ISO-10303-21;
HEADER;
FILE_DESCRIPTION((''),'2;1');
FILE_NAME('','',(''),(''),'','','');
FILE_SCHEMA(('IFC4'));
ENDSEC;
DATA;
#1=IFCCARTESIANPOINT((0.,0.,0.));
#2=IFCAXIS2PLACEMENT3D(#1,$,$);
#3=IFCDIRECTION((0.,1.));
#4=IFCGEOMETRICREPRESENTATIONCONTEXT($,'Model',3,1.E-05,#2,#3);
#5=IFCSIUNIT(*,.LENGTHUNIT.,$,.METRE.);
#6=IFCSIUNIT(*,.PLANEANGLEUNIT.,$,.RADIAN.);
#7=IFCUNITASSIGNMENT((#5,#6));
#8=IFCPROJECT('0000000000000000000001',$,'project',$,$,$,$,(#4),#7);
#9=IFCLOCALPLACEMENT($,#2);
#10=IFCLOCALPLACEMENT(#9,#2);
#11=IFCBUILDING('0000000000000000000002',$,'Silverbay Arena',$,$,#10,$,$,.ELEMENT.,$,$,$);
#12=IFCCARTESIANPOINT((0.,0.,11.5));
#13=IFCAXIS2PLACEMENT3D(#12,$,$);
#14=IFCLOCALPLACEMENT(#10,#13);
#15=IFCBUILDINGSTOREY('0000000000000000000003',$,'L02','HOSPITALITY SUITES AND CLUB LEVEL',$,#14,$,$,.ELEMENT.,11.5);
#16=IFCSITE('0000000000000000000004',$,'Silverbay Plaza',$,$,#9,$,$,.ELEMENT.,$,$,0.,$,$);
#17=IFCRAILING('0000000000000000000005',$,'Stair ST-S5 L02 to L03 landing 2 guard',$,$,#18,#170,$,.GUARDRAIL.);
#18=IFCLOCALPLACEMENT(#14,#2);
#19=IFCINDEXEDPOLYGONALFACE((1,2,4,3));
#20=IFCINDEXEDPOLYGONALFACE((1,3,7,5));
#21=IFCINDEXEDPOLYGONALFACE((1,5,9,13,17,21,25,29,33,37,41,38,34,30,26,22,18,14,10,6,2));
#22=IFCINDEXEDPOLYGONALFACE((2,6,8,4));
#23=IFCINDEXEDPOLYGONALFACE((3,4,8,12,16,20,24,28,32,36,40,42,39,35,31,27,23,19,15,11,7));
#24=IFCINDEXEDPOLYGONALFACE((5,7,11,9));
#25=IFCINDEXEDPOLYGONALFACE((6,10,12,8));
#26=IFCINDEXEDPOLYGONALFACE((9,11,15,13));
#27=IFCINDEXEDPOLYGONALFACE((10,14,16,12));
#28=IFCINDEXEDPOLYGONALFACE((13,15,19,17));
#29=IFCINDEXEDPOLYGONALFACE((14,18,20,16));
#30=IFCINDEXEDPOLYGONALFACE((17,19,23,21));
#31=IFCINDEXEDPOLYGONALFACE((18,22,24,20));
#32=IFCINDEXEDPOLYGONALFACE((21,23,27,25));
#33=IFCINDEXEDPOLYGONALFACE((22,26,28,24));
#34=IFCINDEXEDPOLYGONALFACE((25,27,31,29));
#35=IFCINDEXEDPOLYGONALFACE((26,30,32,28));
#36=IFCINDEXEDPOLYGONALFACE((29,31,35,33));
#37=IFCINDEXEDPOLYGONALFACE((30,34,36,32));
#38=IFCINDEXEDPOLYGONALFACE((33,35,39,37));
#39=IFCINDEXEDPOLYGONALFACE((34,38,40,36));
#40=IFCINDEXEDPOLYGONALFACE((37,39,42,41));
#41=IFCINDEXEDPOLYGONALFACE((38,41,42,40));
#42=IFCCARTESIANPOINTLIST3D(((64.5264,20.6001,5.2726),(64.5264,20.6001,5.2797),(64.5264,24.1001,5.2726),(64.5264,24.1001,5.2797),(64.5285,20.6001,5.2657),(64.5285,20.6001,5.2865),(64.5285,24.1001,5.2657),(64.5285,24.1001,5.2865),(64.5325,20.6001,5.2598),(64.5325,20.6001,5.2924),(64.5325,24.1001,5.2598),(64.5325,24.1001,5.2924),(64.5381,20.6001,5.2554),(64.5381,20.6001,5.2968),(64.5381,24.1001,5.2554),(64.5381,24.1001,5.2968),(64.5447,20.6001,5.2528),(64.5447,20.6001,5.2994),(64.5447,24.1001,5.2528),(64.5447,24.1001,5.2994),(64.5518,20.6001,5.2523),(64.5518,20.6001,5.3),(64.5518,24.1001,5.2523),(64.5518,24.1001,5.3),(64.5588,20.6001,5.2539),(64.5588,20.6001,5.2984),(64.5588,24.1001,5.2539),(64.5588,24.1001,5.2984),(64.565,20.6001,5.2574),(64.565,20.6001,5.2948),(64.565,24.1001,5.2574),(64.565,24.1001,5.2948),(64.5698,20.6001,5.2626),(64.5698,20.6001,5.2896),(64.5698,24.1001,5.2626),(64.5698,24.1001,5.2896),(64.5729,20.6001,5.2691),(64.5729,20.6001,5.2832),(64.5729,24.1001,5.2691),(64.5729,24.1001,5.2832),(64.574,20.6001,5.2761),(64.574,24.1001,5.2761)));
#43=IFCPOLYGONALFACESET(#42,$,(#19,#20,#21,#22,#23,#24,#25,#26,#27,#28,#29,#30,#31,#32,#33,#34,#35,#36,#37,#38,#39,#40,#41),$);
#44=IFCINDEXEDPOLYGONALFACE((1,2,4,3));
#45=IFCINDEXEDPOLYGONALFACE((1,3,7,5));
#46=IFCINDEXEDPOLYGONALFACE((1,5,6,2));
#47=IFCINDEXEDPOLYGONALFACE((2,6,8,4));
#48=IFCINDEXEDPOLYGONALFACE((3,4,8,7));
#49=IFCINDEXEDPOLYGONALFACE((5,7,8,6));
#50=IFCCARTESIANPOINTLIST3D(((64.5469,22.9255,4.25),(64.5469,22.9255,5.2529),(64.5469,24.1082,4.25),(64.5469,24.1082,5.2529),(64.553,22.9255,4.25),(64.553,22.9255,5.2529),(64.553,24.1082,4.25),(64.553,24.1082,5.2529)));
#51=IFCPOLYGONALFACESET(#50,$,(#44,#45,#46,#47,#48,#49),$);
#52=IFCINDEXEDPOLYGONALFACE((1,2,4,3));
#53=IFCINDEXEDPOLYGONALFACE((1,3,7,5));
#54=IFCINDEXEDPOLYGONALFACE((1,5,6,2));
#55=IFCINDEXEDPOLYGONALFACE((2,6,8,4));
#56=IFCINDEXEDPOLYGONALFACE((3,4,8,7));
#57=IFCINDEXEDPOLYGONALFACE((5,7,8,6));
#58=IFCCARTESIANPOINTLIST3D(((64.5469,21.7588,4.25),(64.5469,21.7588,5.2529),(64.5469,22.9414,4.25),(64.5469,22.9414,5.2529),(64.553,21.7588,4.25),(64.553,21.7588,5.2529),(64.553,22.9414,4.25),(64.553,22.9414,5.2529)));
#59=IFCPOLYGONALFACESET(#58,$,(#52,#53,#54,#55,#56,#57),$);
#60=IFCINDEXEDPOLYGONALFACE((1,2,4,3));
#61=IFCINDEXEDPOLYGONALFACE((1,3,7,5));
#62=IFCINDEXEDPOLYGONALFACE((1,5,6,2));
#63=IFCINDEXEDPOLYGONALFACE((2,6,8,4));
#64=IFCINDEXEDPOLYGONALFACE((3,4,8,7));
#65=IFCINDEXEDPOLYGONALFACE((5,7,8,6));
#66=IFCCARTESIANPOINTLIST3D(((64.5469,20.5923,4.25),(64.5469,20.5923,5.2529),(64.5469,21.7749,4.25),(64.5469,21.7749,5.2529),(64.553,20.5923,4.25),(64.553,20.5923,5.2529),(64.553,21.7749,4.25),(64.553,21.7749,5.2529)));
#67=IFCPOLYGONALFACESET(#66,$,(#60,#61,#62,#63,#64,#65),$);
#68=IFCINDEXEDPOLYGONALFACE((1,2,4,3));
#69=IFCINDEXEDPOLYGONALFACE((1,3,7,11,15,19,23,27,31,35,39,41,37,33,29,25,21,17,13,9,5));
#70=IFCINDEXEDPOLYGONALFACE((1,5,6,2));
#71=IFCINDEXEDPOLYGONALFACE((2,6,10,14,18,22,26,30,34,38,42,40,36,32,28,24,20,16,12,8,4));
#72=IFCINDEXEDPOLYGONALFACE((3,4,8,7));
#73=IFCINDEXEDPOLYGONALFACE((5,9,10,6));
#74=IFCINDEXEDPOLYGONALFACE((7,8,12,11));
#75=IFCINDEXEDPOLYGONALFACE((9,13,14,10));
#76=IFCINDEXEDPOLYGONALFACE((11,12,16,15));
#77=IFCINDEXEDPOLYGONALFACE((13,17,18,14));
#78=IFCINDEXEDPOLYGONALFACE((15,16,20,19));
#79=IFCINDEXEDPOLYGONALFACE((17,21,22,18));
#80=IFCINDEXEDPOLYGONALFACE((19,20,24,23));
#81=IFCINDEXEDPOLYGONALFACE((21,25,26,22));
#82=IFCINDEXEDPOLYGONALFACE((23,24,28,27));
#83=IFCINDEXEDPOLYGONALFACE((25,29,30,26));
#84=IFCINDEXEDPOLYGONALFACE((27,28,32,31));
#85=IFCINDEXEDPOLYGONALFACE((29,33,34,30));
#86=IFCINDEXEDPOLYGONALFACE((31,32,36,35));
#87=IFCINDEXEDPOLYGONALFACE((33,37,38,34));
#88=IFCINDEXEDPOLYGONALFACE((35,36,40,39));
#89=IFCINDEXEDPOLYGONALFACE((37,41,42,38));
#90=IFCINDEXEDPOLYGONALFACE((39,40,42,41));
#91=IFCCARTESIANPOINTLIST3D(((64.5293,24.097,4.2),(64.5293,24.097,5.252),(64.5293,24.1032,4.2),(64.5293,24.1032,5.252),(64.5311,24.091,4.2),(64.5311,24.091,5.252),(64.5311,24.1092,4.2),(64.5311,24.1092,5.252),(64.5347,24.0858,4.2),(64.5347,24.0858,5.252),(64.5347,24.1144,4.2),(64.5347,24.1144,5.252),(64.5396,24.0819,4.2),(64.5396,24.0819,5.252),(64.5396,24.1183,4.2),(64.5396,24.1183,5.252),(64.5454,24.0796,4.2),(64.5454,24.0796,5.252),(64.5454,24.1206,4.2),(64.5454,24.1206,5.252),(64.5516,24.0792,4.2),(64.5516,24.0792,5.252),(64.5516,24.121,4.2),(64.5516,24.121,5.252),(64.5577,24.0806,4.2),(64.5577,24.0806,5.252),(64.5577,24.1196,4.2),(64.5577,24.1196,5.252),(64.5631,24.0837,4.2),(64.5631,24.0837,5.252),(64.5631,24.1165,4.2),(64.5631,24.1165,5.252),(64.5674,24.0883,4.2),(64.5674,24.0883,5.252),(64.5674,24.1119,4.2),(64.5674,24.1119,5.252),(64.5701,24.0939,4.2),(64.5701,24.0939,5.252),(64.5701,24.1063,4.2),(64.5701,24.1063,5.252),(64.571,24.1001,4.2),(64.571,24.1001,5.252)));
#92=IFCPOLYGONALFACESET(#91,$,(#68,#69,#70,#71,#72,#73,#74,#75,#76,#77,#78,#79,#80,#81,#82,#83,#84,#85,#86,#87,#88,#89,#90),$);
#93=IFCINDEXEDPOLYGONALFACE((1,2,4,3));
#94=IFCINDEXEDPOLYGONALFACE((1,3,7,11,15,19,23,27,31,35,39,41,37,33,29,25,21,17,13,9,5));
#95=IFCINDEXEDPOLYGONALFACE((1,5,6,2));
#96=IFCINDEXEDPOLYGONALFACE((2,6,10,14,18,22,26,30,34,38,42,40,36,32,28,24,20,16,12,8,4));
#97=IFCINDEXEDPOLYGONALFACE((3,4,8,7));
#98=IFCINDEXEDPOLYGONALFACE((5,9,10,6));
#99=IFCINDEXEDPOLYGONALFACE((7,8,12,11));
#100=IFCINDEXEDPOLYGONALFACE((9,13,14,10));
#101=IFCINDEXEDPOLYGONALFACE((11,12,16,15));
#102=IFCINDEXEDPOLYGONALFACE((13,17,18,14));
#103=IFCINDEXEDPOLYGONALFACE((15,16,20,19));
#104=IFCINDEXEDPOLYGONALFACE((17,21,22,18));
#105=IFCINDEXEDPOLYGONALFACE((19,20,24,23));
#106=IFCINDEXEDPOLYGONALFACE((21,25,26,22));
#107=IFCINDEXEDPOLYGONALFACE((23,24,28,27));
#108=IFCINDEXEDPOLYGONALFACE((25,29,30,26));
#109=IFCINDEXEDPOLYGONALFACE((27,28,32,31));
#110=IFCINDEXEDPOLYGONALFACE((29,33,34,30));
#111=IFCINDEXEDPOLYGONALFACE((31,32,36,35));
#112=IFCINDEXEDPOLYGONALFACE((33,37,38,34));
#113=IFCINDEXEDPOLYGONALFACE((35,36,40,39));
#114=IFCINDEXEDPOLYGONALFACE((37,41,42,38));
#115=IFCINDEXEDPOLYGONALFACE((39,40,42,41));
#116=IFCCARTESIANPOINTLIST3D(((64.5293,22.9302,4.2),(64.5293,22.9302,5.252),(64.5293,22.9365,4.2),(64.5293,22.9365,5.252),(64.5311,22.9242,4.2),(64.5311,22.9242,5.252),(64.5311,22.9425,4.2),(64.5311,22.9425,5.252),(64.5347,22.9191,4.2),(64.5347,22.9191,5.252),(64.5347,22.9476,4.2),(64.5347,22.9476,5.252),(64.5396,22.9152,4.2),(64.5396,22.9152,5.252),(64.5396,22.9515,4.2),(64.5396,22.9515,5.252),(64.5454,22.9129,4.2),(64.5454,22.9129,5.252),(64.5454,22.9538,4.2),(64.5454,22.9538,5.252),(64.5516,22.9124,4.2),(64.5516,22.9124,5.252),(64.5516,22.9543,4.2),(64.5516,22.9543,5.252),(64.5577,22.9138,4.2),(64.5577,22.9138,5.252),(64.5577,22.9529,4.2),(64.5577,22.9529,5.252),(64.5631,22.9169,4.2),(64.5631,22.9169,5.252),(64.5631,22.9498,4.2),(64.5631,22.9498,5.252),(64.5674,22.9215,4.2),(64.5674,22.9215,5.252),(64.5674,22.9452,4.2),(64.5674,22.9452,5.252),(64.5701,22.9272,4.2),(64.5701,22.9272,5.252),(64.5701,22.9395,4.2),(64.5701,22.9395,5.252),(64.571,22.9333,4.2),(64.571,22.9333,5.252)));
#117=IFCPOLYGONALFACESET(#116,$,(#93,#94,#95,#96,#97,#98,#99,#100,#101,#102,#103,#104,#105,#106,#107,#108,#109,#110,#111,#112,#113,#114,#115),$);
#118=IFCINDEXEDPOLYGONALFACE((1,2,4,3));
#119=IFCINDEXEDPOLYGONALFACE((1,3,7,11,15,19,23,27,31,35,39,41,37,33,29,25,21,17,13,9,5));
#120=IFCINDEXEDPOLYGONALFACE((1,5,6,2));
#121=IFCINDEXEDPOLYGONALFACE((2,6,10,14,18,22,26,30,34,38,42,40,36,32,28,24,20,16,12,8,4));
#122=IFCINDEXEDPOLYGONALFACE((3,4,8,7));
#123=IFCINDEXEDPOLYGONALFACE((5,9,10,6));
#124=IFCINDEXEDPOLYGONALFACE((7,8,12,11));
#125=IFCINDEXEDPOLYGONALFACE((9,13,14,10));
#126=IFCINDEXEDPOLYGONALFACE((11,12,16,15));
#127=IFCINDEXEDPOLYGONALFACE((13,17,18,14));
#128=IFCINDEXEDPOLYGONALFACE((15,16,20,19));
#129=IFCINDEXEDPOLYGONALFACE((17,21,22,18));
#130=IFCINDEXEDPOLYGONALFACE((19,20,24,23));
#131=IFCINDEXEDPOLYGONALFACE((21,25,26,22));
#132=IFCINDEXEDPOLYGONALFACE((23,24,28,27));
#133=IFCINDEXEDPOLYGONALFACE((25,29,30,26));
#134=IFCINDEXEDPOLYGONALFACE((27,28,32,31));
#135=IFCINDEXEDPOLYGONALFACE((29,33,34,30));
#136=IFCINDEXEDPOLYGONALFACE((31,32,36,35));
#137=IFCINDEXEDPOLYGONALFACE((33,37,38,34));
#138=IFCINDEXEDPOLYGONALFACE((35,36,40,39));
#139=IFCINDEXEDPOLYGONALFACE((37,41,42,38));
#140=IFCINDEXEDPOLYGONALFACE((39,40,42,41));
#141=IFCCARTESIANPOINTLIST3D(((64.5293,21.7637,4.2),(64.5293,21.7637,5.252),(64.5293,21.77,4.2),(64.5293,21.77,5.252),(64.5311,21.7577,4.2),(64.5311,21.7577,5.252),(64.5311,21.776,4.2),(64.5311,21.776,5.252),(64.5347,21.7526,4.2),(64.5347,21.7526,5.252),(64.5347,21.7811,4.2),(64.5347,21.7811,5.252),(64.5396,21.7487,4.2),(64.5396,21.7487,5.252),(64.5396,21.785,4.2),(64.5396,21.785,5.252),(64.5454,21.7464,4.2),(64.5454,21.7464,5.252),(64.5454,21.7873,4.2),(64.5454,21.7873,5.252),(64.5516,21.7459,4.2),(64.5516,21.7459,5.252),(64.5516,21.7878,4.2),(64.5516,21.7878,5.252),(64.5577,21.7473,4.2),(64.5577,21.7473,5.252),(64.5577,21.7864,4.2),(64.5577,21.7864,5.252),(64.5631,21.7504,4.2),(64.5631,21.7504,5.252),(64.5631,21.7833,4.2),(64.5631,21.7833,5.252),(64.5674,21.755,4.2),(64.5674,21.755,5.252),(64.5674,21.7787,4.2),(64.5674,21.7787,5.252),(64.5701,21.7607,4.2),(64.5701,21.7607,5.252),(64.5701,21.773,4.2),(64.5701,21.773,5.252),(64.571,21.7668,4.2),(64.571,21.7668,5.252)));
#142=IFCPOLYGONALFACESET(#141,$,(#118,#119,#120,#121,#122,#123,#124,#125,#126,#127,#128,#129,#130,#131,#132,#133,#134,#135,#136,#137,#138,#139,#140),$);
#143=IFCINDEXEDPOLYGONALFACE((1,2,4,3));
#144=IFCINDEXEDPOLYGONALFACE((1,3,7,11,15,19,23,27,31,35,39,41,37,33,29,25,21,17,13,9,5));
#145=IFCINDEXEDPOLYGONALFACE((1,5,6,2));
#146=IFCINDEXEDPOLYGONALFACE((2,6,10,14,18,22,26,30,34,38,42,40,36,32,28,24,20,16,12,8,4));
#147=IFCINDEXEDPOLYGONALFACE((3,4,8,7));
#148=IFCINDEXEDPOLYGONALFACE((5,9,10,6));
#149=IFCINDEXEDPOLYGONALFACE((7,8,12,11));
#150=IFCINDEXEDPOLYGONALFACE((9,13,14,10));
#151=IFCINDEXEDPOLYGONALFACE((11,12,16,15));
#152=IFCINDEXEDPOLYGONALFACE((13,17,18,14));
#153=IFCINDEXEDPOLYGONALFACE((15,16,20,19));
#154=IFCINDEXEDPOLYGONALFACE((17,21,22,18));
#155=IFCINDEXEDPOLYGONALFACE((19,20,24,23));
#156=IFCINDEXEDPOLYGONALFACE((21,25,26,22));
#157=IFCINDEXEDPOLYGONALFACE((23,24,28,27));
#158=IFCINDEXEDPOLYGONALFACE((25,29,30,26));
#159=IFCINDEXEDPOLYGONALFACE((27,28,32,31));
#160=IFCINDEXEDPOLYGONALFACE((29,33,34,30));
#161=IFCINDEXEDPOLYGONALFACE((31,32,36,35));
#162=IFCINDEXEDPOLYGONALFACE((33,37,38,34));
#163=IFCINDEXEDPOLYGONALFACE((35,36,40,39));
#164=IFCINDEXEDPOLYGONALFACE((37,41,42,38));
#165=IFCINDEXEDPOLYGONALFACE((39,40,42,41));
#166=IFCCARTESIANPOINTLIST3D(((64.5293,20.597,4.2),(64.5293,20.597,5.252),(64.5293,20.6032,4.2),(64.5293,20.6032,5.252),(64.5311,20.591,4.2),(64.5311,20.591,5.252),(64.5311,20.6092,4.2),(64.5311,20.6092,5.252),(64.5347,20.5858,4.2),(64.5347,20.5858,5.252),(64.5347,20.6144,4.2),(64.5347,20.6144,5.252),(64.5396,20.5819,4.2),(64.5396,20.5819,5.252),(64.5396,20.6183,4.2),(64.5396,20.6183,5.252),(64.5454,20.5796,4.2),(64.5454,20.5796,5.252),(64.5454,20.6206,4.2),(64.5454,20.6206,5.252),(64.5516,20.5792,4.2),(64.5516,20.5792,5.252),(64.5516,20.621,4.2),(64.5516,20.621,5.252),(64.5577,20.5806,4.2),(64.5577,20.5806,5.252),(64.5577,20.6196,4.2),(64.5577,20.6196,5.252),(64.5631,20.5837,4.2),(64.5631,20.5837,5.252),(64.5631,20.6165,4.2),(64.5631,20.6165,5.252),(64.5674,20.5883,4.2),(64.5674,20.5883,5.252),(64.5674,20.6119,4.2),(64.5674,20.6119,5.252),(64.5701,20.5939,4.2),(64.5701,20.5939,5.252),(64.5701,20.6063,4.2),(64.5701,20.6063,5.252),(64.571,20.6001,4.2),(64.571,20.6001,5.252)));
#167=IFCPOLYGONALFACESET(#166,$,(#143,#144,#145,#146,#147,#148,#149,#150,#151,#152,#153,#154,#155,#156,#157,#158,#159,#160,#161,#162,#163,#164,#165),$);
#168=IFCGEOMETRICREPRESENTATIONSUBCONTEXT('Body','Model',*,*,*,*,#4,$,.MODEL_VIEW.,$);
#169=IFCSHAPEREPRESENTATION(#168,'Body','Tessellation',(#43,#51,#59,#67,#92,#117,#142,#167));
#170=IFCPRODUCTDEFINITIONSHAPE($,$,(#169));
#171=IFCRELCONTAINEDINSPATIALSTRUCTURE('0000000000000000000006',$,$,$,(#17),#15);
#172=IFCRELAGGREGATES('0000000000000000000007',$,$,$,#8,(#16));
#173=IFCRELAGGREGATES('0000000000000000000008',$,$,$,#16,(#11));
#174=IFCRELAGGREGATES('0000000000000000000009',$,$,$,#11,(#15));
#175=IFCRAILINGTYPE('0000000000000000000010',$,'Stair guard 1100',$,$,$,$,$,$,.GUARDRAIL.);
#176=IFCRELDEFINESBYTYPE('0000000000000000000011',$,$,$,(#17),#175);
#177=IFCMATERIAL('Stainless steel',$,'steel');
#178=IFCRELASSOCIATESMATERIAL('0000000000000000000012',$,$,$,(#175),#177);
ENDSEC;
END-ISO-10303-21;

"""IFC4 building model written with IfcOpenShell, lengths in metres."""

from ifc_helpers import new_model, si_unit, direction, frame, origin, origin_2d, place, context, subcontext, project, spatial, polyline, circle, outline, extrude, material, type_object, element, save


model = new_model("IFC4")

# Units and contexts
model_context = context("Model", 3, precision=1e-05, world=origin(), true_north=direction((0.0, 1.0)))
body_context = subcontext(model_context, "Body", "Model", "MODEL_VIEW")
ifc_project = project(units=[si_unit("LENGTHUNIT", "METRE"), si_unit("PLANEANGLEUNIT", "RADIAN")], contexts=[model_context])

# Site, building, storey
site_placement = place(None, origin())
site = spatial("IfcSite", under=ifc_project, at=site_placement, Name="Silverbay Plaza", CompositionType="ELEMENT", RefElevation=0.0)
building_placement = place(site_placement, origin())
building = spatial("IfcBuilding", under=site, at=building_placement, Name="Silverbay Arena", CompositionType="ELEMENT")
storey_placement = place(building_placement, frame((0.0, 0.0, 11.5)))
storey = spatial("IfcBuildingStorey", under=building, at=storey_placement, Name="L02", Description="HOSPITALITY SUITES AND CLUB LEVEL", CompositionType="ELEMENT", Elevation=11.5)

# Railing
ifc_material_1 = material(Name="Stainless steel", Category="steel")
railing_type_1 = type_object("IfcRailingType", Name="Stair guard 1100", PredefinedType="GUARDRAIL", material=ifc_material_1)
for number, where, name in (
    (1, (64.55, 24.1001, 4.2), "Stair ST-S5 L02 to L03 landing 2 guard"),
):
    element("IfcRailing", number, at=place(storey_placement, frame(where)), inside=storey, type_object=railing_type_1, Name=name, PredefinedType="GUARDRAIL", context=body_context, shape_type="SweptSolid", body=[
        extrude(circle(Radius=0.0239, at=origin_2d()), frame((0.0, 0.0, 1.0762), z_axis=(0.0, -1.0, 0.0), x_axis=(1.0, 0.0, 0.0)), (0.0, 0.0, 1.0), 3.5),
        extrude(outline(polyline([(-0.0081, 0.05), (1.1746, 0.05), (1.1746, 1.053), (-0.0081, 1.053), (-0.0081, 0.05)])), frame((0.0029, 0.0, 0.0), z_axis=(-1.0, 0.0, 0.0), x_axis=(0.0, -1.0, 0.0)), (0.0, 0.0, 1.0), 0.0061),
        extrude(outline(polyline([(-0.0081, 0.05), (1.1746, 0.05), (1.1746, 1.053), (-0.0081, 1.053), (-0.0081, 0.05)])), frame((0.0029, -1.1667, 0.0), z_axis=(-1.0, 0.0, 0.0), x_axis=(0.0, -1.0, 0.0)), (0.0, 0.0, 1.0), 0.0061),
        extrude(outline(polyline([(-0.0081, 0.05), (1.1746, 0.05), (1.1746, 1.053), (-0.0081, 1.053), (-0.0081, 0.05)])), frame((0.0029, -2.3333, 0.0), z_axis=(-1.0, 0.0, 0.0), x_axis=(0.0, -1.0, 0.0)), (0.0, 0.0, 1.0), 0.0061),
        extrude(circle(Radius=0.021, at=origin_2d()), origin(), (0.0, 0.0, 1.0), 1.052),
        extrude(circle(Radius=0.021, at=origin_2d()), frame((0.0, -1.1667, 0.0)), (0.0, 0.0, 1.0), 1.052),
        extrude(circle(Radius=0.021, at=origin_2d()), frame((0.0, -2.3333, 0.0)), (0.0, 0.0, 1.0), 1.052),
        extrude(circle(Radius=0.021, at=origin_2d()), frame((0.0, -3.5, 0.0)), (0.0, 0.0, 1.0), 1.052),
    ])

save(model, "model.ifc")
